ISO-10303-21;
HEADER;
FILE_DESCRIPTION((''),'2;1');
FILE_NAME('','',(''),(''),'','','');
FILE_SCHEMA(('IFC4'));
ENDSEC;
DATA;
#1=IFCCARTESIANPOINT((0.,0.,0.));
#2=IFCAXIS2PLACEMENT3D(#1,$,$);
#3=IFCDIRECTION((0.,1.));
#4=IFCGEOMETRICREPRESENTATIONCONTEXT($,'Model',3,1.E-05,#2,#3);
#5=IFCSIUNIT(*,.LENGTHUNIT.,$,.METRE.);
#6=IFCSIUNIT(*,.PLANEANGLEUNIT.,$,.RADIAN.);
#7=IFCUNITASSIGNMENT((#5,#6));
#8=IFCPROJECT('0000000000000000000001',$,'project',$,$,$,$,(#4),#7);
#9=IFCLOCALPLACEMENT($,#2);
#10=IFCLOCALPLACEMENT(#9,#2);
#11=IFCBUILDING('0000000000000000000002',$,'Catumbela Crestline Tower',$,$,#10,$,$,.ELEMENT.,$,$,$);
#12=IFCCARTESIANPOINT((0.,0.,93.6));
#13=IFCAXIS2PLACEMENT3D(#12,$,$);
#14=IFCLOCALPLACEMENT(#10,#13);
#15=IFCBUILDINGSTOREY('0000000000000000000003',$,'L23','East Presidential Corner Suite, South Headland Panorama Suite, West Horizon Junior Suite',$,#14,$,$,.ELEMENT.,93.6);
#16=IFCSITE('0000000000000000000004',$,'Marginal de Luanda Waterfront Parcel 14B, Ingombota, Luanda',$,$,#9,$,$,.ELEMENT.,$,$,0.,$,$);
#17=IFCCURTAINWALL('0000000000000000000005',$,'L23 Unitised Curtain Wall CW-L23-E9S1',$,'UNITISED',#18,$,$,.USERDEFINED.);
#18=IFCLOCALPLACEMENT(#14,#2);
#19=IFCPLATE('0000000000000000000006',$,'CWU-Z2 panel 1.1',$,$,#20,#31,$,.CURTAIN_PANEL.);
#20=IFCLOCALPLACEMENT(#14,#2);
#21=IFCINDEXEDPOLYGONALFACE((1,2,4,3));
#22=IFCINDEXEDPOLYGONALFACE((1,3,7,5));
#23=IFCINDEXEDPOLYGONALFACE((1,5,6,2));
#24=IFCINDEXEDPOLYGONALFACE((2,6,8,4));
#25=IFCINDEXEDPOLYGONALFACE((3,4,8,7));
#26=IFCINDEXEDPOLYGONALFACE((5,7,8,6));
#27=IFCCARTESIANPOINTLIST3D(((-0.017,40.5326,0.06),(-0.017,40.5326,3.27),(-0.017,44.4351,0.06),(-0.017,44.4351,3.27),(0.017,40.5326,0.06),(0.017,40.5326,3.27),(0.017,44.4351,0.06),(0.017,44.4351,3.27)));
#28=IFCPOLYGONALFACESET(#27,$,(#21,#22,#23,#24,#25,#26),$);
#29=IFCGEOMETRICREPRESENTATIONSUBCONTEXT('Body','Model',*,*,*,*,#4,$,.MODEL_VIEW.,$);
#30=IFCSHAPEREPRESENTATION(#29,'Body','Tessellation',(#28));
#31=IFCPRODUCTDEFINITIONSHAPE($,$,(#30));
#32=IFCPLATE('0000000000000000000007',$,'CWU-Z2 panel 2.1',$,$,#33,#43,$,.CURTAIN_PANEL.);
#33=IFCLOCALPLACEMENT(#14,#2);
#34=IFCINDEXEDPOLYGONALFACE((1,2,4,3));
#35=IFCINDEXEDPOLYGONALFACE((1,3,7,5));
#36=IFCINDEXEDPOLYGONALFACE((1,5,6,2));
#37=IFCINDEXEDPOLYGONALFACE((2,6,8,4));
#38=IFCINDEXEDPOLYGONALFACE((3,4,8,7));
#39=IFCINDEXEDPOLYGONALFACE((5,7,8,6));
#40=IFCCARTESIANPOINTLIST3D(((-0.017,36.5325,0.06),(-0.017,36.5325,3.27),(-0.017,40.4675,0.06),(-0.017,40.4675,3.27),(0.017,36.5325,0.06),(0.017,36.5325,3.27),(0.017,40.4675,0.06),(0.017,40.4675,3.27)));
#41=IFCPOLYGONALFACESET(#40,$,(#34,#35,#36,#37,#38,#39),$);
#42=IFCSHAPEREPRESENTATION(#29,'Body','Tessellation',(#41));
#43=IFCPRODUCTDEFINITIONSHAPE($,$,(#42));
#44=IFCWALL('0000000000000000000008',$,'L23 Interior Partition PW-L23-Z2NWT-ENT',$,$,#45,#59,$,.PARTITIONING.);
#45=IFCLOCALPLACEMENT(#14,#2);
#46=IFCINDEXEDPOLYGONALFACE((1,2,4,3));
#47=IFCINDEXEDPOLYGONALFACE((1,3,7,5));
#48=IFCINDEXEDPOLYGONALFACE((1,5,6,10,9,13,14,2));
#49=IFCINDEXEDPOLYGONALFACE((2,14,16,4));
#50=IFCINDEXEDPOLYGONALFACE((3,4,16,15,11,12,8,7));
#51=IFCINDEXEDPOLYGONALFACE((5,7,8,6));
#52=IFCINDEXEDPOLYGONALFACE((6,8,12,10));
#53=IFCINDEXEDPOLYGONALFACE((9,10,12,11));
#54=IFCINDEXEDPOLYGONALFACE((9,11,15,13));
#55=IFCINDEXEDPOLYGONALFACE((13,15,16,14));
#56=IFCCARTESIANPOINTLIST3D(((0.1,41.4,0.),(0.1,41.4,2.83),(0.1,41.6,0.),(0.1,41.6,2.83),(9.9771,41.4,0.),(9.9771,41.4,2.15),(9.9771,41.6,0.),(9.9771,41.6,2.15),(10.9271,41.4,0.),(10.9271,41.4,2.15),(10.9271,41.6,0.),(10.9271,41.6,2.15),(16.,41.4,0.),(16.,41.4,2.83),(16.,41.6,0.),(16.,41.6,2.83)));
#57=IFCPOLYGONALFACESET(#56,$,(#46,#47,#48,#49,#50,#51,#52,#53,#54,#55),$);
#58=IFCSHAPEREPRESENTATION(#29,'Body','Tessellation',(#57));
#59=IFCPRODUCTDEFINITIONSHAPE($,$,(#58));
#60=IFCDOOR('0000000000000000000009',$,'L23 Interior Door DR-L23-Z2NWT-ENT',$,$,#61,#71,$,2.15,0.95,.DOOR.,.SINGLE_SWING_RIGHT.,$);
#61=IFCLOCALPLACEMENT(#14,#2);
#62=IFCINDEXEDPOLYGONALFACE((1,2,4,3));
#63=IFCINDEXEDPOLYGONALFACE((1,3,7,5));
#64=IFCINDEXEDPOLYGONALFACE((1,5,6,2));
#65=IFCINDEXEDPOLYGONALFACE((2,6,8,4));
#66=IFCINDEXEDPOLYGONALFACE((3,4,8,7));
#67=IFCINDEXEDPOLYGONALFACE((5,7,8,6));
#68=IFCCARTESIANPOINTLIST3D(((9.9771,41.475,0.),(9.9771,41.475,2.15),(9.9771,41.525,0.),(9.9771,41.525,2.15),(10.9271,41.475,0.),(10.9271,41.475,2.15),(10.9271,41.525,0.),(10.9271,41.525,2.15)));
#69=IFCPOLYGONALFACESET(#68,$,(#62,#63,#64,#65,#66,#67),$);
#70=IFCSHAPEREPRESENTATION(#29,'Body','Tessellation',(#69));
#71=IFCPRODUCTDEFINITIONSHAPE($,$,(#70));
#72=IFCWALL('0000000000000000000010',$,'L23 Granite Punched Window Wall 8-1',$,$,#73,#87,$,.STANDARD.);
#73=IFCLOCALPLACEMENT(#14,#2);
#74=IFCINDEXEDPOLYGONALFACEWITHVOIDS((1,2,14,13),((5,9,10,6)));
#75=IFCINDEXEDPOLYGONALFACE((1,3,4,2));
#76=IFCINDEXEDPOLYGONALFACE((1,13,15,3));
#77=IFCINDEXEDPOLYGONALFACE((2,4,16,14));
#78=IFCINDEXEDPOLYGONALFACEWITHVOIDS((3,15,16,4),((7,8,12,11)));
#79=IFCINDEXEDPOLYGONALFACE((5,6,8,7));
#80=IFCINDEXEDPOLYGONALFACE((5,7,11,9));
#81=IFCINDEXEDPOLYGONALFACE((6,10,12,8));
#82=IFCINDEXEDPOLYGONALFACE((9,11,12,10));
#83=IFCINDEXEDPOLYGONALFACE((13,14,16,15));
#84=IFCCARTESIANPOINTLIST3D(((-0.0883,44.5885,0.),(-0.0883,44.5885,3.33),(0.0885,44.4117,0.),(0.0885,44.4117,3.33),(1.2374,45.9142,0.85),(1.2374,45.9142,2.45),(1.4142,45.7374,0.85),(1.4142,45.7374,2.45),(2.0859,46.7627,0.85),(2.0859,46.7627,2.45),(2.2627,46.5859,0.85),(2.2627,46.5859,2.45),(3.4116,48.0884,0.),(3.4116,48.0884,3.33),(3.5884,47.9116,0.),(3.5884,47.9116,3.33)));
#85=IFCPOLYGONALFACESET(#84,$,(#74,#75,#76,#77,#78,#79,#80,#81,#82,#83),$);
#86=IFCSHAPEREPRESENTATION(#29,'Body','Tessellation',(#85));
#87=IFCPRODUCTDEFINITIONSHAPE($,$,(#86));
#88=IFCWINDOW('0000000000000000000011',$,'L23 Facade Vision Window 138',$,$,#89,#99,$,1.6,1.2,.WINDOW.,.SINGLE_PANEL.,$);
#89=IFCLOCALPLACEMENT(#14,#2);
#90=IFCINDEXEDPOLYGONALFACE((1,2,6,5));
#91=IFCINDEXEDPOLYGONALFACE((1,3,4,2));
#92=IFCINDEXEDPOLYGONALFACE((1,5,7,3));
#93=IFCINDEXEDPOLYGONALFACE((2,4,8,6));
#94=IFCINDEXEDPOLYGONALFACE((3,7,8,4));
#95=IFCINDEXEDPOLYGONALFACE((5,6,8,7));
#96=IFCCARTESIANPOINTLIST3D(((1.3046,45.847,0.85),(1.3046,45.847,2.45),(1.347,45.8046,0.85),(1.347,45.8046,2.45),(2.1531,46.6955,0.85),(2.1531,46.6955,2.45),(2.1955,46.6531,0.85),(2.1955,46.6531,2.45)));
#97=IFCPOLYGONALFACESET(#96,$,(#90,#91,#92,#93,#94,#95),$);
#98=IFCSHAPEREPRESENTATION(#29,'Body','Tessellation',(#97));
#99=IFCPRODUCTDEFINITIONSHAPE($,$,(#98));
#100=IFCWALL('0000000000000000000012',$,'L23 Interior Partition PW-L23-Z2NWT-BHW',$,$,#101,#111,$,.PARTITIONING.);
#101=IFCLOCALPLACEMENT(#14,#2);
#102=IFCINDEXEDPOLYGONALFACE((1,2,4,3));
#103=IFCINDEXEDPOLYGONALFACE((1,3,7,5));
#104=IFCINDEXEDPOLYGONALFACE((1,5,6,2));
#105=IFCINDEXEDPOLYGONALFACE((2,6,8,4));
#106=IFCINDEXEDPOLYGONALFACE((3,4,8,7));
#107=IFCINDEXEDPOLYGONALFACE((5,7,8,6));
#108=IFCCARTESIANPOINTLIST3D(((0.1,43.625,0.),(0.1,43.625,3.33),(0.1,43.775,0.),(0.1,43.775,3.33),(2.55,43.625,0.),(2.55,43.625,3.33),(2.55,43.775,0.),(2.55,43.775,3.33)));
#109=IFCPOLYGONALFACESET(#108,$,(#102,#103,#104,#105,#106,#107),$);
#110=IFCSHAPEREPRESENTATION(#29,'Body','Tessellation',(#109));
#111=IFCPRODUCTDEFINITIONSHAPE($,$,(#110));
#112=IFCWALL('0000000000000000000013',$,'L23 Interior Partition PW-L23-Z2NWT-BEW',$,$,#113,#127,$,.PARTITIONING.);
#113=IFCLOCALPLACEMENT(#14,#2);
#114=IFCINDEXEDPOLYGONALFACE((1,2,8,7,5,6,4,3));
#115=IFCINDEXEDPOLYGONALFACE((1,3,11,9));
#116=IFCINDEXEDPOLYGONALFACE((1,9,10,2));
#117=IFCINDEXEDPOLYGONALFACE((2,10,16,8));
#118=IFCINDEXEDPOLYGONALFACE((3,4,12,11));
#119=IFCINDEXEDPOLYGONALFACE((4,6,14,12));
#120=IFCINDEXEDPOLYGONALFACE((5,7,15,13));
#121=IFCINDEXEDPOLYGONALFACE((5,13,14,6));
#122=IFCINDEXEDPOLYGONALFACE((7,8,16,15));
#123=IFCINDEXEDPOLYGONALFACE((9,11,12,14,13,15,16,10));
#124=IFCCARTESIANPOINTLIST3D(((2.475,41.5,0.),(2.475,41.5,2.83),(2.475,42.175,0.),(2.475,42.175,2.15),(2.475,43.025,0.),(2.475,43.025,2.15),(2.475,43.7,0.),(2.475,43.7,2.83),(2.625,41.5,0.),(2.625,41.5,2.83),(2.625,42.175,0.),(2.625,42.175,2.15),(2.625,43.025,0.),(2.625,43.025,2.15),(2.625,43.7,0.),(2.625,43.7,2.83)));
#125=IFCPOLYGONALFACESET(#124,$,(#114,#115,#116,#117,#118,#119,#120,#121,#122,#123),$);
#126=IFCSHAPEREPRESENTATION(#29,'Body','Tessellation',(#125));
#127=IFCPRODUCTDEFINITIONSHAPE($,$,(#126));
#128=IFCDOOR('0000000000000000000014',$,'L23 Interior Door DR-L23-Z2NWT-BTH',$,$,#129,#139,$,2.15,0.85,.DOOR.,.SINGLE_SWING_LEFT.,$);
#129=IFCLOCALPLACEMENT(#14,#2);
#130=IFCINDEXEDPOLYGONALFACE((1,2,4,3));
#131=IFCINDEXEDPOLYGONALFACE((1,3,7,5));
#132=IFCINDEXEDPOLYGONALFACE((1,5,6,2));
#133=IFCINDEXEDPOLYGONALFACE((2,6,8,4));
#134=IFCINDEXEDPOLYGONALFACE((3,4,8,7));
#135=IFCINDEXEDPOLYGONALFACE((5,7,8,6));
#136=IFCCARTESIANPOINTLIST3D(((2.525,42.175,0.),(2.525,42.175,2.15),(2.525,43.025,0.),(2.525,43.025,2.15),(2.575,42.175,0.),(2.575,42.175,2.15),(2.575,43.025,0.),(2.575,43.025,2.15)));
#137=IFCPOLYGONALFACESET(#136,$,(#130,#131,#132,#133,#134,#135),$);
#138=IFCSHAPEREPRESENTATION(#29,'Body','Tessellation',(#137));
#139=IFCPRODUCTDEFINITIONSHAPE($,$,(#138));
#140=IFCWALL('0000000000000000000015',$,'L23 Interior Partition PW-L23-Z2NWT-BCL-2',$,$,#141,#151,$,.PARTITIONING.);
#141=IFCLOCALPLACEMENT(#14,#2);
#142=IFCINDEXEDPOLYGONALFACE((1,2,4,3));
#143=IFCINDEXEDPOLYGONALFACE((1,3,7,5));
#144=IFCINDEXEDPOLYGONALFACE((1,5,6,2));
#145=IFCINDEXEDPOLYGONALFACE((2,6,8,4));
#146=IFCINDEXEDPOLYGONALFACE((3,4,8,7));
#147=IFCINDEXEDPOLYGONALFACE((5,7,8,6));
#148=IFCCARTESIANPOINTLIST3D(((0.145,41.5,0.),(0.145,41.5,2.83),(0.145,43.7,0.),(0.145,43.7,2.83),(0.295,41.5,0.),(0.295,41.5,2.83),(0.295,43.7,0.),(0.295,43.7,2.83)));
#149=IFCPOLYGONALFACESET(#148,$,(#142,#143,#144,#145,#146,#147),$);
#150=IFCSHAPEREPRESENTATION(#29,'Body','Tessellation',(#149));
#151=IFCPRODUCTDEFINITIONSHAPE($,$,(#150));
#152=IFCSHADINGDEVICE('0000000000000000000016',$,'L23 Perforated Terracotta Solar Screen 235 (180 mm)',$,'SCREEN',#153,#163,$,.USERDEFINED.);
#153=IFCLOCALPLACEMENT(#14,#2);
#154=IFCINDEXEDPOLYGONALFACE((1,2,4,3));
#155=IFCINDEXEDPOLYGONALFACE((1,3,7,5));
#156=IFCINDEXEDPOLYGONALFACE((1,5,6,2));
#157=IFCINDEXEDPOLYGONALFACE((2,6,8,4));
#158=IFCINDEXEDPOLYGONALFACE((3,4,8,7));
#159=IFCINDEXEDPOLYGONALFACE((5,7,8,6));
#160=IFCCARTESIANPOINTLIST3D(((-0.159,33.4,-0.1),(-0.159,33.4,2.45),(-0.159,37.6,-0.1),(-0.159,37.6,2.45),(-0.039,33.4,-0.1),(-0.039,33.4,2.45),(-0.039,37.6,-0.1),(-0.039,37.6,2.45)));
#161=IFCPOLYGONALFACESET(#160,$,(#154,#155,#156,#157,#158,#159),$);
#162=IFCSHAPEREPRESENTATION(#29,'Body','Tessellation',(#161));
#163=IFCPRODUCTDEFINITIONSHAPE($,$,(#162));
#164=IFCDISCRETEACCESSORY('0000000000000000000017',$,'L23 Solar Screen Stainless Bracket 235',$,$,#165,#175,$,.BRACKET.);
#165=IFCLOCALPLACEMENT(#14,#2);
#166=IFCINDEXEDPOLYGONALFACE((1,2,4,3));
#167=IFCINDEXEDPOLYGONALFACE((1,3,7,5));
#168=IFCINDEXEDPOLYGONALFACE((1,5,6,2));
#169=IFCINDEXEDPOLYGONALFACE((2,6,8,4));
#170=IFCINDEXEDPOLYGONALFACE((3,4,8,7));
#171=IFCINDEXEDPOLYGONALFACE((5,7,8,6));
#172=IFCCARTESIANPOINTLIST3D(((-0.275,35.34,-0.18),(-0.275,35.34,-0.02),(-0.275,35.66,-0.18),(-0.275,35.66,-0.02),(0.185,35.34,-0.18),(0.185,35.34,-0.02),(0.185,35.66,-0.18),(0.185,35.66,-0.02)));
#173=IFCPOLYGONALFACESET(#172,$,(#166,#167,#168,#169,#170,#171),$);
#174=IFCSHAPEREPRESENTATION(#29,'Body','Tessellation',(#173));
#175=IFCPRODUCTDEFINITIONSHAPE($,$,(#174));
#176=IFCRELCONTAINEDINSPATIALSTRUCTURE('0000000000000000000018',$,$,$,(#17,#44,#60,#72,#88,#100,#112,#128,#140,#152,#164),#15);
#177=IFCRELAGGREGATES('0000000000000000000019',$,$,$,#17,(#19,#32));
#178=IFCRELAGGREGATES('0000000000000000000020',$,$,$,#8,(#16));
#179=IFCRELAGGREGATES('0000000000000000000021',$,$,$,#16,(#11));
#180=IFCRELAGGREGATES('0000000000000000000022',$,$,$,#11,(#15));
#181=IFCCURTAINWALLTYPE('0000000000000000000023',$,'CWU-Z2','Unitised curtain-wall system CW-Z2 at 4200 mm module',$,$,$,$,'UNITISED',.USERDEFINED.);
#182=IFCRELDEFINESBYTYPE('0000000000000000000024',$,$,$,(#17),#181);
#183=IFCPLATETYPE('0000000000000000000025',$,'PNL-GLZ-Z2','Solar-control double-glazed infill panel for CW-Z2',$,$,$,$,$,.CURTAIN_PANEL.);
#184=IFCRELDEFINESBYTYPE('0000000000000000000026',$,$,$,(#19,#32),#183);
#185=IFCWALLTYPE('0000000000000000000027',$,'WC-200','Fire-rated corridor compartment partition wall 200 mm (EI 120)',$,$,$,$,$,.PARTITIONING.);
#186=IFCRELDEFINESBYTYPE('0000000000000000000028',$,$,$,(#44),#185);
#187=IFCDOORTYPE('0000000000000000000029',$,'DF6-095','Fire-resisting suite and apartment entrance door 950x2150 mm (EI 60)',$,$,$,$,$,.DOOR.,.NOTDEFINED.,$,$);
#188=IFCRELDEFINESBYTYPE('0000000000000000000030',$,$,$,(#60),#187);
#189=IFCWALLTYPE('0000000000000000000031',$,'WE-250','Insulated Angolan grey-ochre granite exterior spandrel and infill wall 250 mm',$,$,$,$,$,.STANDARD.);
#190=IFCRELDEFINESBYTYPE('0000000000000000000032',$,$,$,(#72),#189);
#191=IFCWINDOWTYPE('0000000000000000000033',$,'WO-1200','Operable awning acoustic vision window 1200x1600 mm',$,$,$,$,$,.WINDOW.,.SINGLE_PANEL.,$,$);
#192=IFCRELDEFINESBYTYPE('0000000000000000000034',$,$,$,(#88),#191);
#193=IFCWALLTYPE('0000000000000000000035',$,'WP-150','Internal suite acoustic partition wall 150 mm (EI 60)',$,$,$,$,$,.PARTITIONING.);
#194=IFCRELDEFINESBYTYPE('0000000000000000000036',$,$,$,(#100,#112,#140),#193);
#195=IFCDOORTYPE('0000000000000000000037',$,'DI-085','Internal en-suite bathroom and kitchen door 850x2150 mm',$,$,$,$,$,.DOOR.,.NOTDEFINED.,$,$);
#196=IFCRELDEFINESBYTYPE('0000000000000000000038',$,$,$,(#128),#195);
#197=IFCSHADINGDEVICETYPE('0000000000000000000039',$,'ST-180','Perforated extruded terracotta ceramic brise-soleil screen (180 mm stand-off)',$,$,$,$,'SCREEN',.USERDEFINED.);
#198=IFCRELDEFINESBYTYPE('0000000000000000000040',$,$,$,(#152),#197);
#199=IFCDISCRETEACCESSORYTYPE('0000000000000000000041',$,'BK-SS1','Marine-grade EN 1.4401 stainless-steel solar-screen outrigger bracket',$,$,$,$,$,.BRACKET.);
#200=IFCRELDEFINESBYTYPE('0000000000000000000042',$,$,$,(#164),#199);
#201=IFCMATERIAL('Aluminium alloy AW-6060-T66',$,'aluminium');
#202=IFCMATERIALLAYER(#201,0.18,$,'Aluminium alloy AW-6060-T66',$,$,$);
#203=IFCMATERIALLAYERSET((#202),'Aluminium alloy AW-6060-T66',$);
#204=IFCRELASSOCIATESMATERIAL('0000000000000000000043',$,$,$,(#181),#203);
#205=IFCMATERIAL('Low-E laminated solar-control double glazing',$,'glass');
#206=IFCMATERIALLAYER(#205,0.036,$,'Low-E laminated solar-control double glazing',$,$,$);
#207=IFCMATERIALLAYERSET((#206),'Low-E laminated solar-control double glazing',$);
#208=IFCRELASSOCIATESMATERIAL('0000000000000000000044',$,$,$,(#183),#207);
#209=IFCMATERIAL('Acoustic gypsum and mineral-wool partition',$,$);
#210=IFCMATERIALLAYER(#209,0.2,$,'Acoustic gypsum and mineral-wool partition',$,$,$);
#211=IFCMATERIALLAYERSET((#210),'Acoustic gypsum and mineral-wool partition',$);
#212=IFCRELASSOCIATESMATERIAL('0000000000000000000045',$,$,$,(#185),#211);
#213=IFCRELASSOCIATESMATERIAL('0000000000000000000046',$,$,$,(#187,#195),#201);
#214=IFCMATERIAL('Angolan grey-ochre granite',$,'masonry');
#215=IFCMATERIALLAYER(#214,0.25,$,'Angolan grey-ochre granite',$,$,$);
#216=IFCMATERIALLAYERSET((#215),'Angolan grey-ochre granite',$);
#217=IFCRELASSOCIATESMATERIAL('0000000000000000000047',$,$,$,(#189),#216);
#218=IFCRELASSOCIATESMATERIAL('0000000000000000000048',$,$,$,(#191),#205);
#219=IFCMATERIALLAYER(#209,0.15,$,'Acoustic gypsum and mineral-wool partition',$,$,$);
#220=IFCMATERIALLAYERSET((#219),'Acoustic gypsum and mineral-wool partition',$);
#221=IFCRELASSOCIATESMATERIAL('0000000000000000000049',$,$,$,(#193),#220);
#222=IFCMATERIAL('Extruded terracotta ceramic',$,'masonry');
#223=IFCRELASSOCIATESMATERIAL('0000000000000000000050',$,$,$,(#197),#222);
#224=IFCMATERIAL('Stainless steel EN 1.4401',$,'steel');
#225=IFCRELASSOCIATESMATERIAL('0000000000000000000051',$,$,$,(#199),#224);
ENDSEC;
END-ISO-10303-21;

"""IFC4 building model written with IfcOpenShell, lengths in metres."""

from ifc_helpers import new_model, si_unit, direction, frame, frame_2d, origin, origin_2d, place, context, subcontext, project, spatial, rectangle, extrude, material, layer, layer_set, type_object, element, fill, aggregate, save


model = new_model("IFC4")

# Units and contexts
model_context = context("Model", 3, precision=1e-05, world=origin(), true_north=direction((0.0, 1.0)))
body_context = subcontext(model_context, "Body", "Model", "MODEL_VIEW")
ifc_project = project(units=[si_unit("LENGTHUNIT", "METRE"), si_unit("PLANEANGLEUNIT", "RADIAN")], contexts=[model_context])

# Site, building, storey
site_placement = place(None, origin())
site = spatial("IfcSite", under=ifc_project, at=site_placement, Name="Marginal de Luanda Waterfront Parcel 14B, Ingombota, Luanda", CompositionType="ELEMENT", RefElevation=0.0)
building_placement = place(site_placement, origin())
building = spatial("IfcBuilding", under=site, at=building_placement, Name="Catumbela Crestline Tower", CompositionType="ELEMENT")
storey_placement = place(building_placement, frame((0.0, 0.0, 93.6)))
storey = spatial("IfcBuildingStorey", under=building, at=storey_placement, Name="L23", Description="East Presidential Corner Suite, South Headland Panorama Suite, West Horizon Junior Suite", CompositionType="ELEMENT", Elevation=93.6)

# Shared definitions
ifc_material_1 = material(Name="Aluminium alloy AW-6060-T66", Category="aluminium")
ifc_layer_1 = layer(ifc_material_1, 0.18, Name="Aluminium alloy AW-6060-T66")
ifc_layer_set_1 = layer_set([ifc_layer_1], Name="Aluminium alloy AW-6060-T66")
curtain_wall_type = type_object("IfcCurtainWallType", Name="CWU-Z2", Description="Unitised curtain-wall system CW-Z2 at 4200 mm module", ElementType="UNITISED", PredefinedType="USERDEFINED", material=ifc_layer_set_1)

# Curtain wall
curtain_wall_1_placement = place(storey_placement, origin())
curtain_wall_1 = element("IfcCurtainWall", 1, at=curtain_wall_1_placement, inside=storey, type_object=curtain_wall_type, Name="L23 Unitised Curtain Wall CW-L23-E9S1", ObjectType="UNITISED", PredefinedType="USERDEFINED")

# Plates
ifc_material_2 = material(Name="Low-E laminated solar-control double glazing", Category="glass")
ifc_layer_2 = layer(ifc_material_2, 0.036, Name="Low-E laminated solar-control double glazing")
ifc_layer_set_2 = layer_set([ifc_layer_2], Name="Low-E laminated solar-control double glazing")
plate_type = type_object("IfcPlateType", Name="PNL-GLZ-Z2", Description="Solar-control double-glazed infill panel for CW-Z2", PredefinedType="CURTAIN_PANEL", material=ifc_layer_set_2)
plate_1_placement = place(storey_placement, frame((0.0, 42.4838, 0.06), z_axis=(0.0, 0.0, 1.0), x_axis=(0.0, -1.0, 0.0)))
plate_1 = element("IfcPlate", 2, at=plate_1_placement, type_object=plate_type, Name="CWU-Z2 panel 1.1", PredefinedType="CURTAIN_PANEL", context=body_context, shape_type="SweptSolid", body=[
    extrude(rectangle(XDim=3.9025, YDim=0.034, at=origin_2d()), origin(), (0.0, 0.0, 1.0), 3.21),
])
plate_2_placement = place(storey_placement, frame((0.0, 38.5, 0.06), z_axis=(0.0, 0.0, 1.0), x_axis=(0.0, -1.0, 0.0)))
plate_2 = element("IfcPlate", 3, at=plate_2_placement, type_object=plate_type, Name="CWU-Z2 panel 2.1", PredefinedType="CURTAIN_PANEL", context=body_context, shape_type="SweptSolid", body=[
    extrude(rectangle(XDim=3.935, YDim=0.034, at=origin_2d()), origin(), (0.0, 0.0, 1.0), 3.21),
])
aggregate(curtain_wall_1, [plate_1, plate_2])

# Wall, opening, door
ifc_material_3 = material(Name="Acoustic gypsum and mineral-wool partition")
ifc_layer_3 = layer(ifc_material_3, 0.2, Name="Acoustic gypsum and mineral-wool partition")
ifc_layer_set_3 = layer_set([ifc_layer_3], Name="Acoustic gypsum and mineral-wool partition")
wall_type_1 = type_object("IfcWallType", Name="WC-200", Description="Fire-rated corridor compartment partition wall 200 mm (EI 120)", PredefinedType="PARTITIONING", material=ifc_layer_set_3)
wall_1_placement = place(storey_placement, frame((0.1, 41.5, 0.0), z_axis=(0.0, 0.0, 1.0), x_axis=(1.0, 0.0, 0.0)))
wall_1 = element("IfcWall", 4, at=wall_1_placement, inside=storey, type_object=wall_type_1, Name="L23 Interior Partition PW-L23-Z2NWT-ENT", PredefinedType="PARTITIONING", context=body_context, shape_type="SweptSolid", body=[
    extrude(rectangle(XDim=15.9, YDim=0.2, at=frame_2d((7.95, 0.0))), origin(), (0.0, 0.0, 1.0), 2.83),
])
opening_1_placement = place(wall_1_placement, frame((9.8771, 0.0, 0.0)))
opening_1 = element("IfcOpeningElement", 5, at=opening_1_placement, cuts=wall_1, PredefinedType="OPENING", context=body_context, shape_type="SweptSolid", body=[
    extrude(rectangle(XDim=0.95, YDim=2.15, at=frame_2d((0.475, 1.075))), frame((0.0, 0.11, 0.0), z_axis=(0.0, -1.0, 0.0), x_axis=(1.0, 0.0, 0.0)), (0.0, 0.0, 1.0), 0.22),
])
door_type_1 = type_object("IfcDoorType", Name="DF6-095", Description="Fire-resisting suite and apartment entrance door 950x2150 mm (EI 60)", OperationType="NOTDEFINED", PredefinedType="DOOR", material=ifc_material_1)
door_1_placement = place(opening_1_placement, origin())
door_1 = element("IfcDoor", 6, at=door_1_placement, inside=storey, type_object=door_type_1, Name="L23 Interior Door DR-L23-Z2NWT-ENT", OperationType="SINGLE_SWING_RIGHT", OverallHeight=2.15, OverallWidth=0.95, PredefinedType="DOOR", context=body_context, shape_type="SweptSolid", body=[
    extrude(rectangle(XDim=0.95, YDim=2.15, at=frame_2d((0.475, 1.075))), frame((0.0, 0.025, 0.0), z_axis=(0.0, -1.0, 0.0), x_axis=(1.0, 0.0, 0.0)), (0.0, 0.0, 1.0), 0.05),
])
fill(opening_1, door_1)

# Wall, opening, window
ifc_material_4 = material(Name="Angolan grey-ochre granite", Category="masonry")
ifc_layer_4 = layer(ifc_material_4, 0.25, Name="Angolan grey-ochre granite")
ifc_layer_set_4 = layer_set([ifc_layer_4], Name="Angolan grey-ochre granite")
wall_type_2 = type_object("IfcWallType", Name="WE-250", Description="Insulated Angolan grey-ochre granite exterior spandrel and infill wall 250 mm", PredefinedType="STANDARD", material=ifc_layer_set_4)
wall_2_placement = place(storey_placement, frame((3.5, 48.0, 0.0), z_axis=(0.0, 0.0, 1.0), x_axis=(-0.707107, -0.707107, 0.0)))
wall_2 = element("IfcWall", 7, at=wall_2_placement, inside=storey, type_object=wall_type_2, Name="L23 Granite Punched Window Wall 8-1", PredefinedType="STANDARD", context=body_context, shape_type="SweptSolid", body=[
    extrude(rectangle(XDim=4.9497, YDim=0.25, at=frame_2d((2.4748, 0.0))), origin(), (0.0, 0.0, 1.0), 3.33),
])
opening_2_placement = place(wall_2_placement, frame((1.8748, 0.0, 0.85)))
opening_2 = element("IfcOpeningElement", 8, at=opening_2_placement, cuts=wall_2, PredefinedType="OPENING", context=body_context, shape_type="SweptSolid", body=[
    extrude(rectangle(XDim=1.2, YDim=1.6, at=frame_2d((0.6, 0.8))), frame((0.0, 0.135, 0.0), z_axis=(0.0, -1.0, 0.0), x_axis=(1.0, 0.0, 0.0)), (0.0, 0.0, 1.0), 0.27),
])
window_type = type_object("IfcWindowType", Name="WO-1200", Description="Operable awning acoustic vision window 1200x1600 mm", PartitioningType="SINGLE_PANEL", PredefinedType="WINDOW", material=ifc_material_2)
window_placement = place(opening_2_placement, origin())
window = element("IfcWindow", 9, at=window_placement, inside=storey, type_object=window_type, Name="L23 Facade Vision Window 138", OverallHeight=1.6, OverallWidth=1.2, PartitioningType="SINGLE_PANEL", PredefinedType="WINDOW", context=body_context, shape_type="SweptSolid", body=[
    extrude(rectangle(XDim=1.2, YDim=1.6, at=frame_2d((0.6, 0.8))), frame((0.0, 0.03, 0.0), z_axis=(0.0, -1.0, 0.0), x_axis=(1.0, 0.0, 0.0)), (0.0, 0.0, 1.0), 0.06),
])
fill(opening_2, window)

# Wall
ifc_layer_5 = layer(ifc_material_3, 0.15, Name="Acoustic gypsum and mineral-wool partition")
ifc_layer_set_5 = layer_set([ifc_layer_5], Name="Acoustic gypsum and mineral-wool partition")
wall_type_3 = type_object("IfcWallType", Name="WP-150", Description="Internal suite acoustic partition wall 150 mm (EI 60)", PredefinedType="PARTITIONING", material=ifc_layer_set_5)
wall_3_placement = place(storey_placement, frame((0.1, 43.7, 0.0), z_axis=(0.0, 0.0, 1.0), x_axis=(1.0, 0.0, 0.0)))
element("IfcWall", 10, at=wall_3_placement, inside=storey, type_object=wall_type_3, Name="L23 Interior Partition PW-L23-Z2NWT-BHW", PredefinedType="PARTITIONING", context=body_context, shape_type="SweptSolid", body=[
    extrude(rectangle(XDim=2.45, YDim=0.15, at=frame_2d((1.225, 0.0))), origin(), (0.0, 0.0, 1.0), 3.33),
])

# Wall, opening, door
wall_4_placement = place(storey_placement, frame((2.55, 41.5, 0.0), z_axis=(0.0, 0.0, 1.0), x_axis=(0.0, 1.0, 0.0)))
wall_4 = element("IfcWall", 11, at=wall_4_placement, inside=storey, type_object=wall_type_3, Name="L23 Interior Partition PW-L23-Z2NWT-BEW", PredefinedType="PARTITIONING", context=body_context, shape_type="SweptSolid", body=[
    extrude(rectangle(XDim=2.2, YDim=0.15, at=frame_2d((1.1, 0.0))), origin(), (0.0, 0.0, 1.0), 2.83),
])
opening_3_placement = place(wall_4_placement, frame((0.675, 0.0, 0.0)))
opening_3 = element("IfcOpeningElement", 12, at=opening_3_placement, cuts=wall_4, PredefinedType="OPENING", context=body_context, shape_type="SweptSolid", body=[
    extrude(rectangle(XDim=0.85, YDim=2.15, at=frame_2d((0.425, 1.075))), frame((0.0, 0.085, 0.0), z_axis=(0.0, -1.0, 0.0), x_axis=(1.0, 0.0, 0.0)), (0.0, 0.0, 1.0), 0.17),
])
door_type_2 = type_object("IfcDoorType", Name="DI-085", Description="Internal en-suite bathroom and kitchen door 850x2150 mm", OperationType="NOTDEFINED", PredefinedType="DOOR", material=ifc_material_1)
door_2_placement = place(opening_3_placement, origin())
door_2 = element("IfcDoor", 13, at=door_2_placement, inside=storey, type_object=door_type_2, Name="L23 Interior Door DR-L23-Z2NWT-BTH", OperationType="SINGLE_SWING_LEFT", OverallHeight=2.15, OverallWidth=0.85, PredefinedType="DOOR", context=body_context, shape_type="SweptSolid", body=[
    extrude(rectangle(XDim=0.85, YDim=2.15, at=frame_2d((0.425, 1.075))), frame((0.0, 0.025, 0.0), z_axis=(0.0, -1.0, 0.0), x_axis=(1.0, 0.0, 0.0)), (0.0, 0.0, 1.0), 0.05),
])
fill(opening_3, door_2)

# Wall
wall_5_placement = place(storey_placement, frame((0.22, 41.5, 0.0), z_axis=(0.0, 0.0, 1.0), x_axis=(0.0, 1.0, 0.0)))
element("IfcWall", 14, at=wall_5_placement, inside=storey, type_object=wall_type_3, Name="L23 Interior Partition PW-L23-Z2NWT-BCL-2", PredefinedType="PARTITIONING", context=body_context, shape_type="SweptSolid", body=[
    extrude(rectangle(XDim=2.2, YDim=0.15, at=frame_2d((1.1, 0.0))), origin(), (0.0, 0.0, 1.0), 2.83),
])

# Shading device
ifc_material_5 = material(Name="Extruded terracotta ceramic", Category="masonry")
shading_device_type = type_object("IfcShadingDeviceType", Name="ST-180", Description="Perforated extruded terracotta ceramic brise-soleil screen (180 mm stand-off)", ElementType="SCREEN", PredefinedType="USERDEFINED", material=ifc_material_5)
shading_device_placement = place(storey_placement, frame((-0.099, 35.5, -0.1), z_axis=(0.0, 0.0, 1.0), x_axis=(0.0, -1.0, 0.0)))
element("IfcShadingDevice", 15, at=shading_device_placement, inside=storey, type_object=shading_device_type, Name="L23 Perforated Terracotta Solar Screen 235 (180 mm)", ObjectType="SCREEN", PredefinedType="USERDEFINED", context=body_context, shape_type="SweptSolid", body=[
    extrude(rectangle(XDim=4.2, YDim=0.12, at=origin_2d()), origin(), (0.0, 0.0, 1.0), 2.55),
])

# Discrete accessory
ifc_material_6 = material(Name="Stainless steel EN 1.4401", Category="steel")
discrete_accessory_type = type_object("IfcDiscreteAccessoryType", Name="BK-SS1", Description="Marine-grade EN 1.4401 stainless-steel solar-screen outrigger bracket", PredefinedType="BRACKET", material=ifc_material_6)
discrete_accessory_placement = place(storey_placement, frame((-0.045, 35.5, -0.18), z_axis=(0.0, 0.0, 1.0), x_axis=(0.0, -1.0, 0.0)))
element("IfcDiscreteAccessory", 16, at=discrete_accessory_placement, inside=storey, type_object=discrete_accessory_type, Name="L23 Solar Screen Stainless Bracket 235", PredefinedType="BRACKET", context=body_context, shape_type="SweptSolid", body=[
    extrude(rectangle(XDim=0.32, YDim=0.46, at=origin_2d()), origin(), (0.0, 0.0, 1.0), 0.16),
])

save(model, "model.ifc")
